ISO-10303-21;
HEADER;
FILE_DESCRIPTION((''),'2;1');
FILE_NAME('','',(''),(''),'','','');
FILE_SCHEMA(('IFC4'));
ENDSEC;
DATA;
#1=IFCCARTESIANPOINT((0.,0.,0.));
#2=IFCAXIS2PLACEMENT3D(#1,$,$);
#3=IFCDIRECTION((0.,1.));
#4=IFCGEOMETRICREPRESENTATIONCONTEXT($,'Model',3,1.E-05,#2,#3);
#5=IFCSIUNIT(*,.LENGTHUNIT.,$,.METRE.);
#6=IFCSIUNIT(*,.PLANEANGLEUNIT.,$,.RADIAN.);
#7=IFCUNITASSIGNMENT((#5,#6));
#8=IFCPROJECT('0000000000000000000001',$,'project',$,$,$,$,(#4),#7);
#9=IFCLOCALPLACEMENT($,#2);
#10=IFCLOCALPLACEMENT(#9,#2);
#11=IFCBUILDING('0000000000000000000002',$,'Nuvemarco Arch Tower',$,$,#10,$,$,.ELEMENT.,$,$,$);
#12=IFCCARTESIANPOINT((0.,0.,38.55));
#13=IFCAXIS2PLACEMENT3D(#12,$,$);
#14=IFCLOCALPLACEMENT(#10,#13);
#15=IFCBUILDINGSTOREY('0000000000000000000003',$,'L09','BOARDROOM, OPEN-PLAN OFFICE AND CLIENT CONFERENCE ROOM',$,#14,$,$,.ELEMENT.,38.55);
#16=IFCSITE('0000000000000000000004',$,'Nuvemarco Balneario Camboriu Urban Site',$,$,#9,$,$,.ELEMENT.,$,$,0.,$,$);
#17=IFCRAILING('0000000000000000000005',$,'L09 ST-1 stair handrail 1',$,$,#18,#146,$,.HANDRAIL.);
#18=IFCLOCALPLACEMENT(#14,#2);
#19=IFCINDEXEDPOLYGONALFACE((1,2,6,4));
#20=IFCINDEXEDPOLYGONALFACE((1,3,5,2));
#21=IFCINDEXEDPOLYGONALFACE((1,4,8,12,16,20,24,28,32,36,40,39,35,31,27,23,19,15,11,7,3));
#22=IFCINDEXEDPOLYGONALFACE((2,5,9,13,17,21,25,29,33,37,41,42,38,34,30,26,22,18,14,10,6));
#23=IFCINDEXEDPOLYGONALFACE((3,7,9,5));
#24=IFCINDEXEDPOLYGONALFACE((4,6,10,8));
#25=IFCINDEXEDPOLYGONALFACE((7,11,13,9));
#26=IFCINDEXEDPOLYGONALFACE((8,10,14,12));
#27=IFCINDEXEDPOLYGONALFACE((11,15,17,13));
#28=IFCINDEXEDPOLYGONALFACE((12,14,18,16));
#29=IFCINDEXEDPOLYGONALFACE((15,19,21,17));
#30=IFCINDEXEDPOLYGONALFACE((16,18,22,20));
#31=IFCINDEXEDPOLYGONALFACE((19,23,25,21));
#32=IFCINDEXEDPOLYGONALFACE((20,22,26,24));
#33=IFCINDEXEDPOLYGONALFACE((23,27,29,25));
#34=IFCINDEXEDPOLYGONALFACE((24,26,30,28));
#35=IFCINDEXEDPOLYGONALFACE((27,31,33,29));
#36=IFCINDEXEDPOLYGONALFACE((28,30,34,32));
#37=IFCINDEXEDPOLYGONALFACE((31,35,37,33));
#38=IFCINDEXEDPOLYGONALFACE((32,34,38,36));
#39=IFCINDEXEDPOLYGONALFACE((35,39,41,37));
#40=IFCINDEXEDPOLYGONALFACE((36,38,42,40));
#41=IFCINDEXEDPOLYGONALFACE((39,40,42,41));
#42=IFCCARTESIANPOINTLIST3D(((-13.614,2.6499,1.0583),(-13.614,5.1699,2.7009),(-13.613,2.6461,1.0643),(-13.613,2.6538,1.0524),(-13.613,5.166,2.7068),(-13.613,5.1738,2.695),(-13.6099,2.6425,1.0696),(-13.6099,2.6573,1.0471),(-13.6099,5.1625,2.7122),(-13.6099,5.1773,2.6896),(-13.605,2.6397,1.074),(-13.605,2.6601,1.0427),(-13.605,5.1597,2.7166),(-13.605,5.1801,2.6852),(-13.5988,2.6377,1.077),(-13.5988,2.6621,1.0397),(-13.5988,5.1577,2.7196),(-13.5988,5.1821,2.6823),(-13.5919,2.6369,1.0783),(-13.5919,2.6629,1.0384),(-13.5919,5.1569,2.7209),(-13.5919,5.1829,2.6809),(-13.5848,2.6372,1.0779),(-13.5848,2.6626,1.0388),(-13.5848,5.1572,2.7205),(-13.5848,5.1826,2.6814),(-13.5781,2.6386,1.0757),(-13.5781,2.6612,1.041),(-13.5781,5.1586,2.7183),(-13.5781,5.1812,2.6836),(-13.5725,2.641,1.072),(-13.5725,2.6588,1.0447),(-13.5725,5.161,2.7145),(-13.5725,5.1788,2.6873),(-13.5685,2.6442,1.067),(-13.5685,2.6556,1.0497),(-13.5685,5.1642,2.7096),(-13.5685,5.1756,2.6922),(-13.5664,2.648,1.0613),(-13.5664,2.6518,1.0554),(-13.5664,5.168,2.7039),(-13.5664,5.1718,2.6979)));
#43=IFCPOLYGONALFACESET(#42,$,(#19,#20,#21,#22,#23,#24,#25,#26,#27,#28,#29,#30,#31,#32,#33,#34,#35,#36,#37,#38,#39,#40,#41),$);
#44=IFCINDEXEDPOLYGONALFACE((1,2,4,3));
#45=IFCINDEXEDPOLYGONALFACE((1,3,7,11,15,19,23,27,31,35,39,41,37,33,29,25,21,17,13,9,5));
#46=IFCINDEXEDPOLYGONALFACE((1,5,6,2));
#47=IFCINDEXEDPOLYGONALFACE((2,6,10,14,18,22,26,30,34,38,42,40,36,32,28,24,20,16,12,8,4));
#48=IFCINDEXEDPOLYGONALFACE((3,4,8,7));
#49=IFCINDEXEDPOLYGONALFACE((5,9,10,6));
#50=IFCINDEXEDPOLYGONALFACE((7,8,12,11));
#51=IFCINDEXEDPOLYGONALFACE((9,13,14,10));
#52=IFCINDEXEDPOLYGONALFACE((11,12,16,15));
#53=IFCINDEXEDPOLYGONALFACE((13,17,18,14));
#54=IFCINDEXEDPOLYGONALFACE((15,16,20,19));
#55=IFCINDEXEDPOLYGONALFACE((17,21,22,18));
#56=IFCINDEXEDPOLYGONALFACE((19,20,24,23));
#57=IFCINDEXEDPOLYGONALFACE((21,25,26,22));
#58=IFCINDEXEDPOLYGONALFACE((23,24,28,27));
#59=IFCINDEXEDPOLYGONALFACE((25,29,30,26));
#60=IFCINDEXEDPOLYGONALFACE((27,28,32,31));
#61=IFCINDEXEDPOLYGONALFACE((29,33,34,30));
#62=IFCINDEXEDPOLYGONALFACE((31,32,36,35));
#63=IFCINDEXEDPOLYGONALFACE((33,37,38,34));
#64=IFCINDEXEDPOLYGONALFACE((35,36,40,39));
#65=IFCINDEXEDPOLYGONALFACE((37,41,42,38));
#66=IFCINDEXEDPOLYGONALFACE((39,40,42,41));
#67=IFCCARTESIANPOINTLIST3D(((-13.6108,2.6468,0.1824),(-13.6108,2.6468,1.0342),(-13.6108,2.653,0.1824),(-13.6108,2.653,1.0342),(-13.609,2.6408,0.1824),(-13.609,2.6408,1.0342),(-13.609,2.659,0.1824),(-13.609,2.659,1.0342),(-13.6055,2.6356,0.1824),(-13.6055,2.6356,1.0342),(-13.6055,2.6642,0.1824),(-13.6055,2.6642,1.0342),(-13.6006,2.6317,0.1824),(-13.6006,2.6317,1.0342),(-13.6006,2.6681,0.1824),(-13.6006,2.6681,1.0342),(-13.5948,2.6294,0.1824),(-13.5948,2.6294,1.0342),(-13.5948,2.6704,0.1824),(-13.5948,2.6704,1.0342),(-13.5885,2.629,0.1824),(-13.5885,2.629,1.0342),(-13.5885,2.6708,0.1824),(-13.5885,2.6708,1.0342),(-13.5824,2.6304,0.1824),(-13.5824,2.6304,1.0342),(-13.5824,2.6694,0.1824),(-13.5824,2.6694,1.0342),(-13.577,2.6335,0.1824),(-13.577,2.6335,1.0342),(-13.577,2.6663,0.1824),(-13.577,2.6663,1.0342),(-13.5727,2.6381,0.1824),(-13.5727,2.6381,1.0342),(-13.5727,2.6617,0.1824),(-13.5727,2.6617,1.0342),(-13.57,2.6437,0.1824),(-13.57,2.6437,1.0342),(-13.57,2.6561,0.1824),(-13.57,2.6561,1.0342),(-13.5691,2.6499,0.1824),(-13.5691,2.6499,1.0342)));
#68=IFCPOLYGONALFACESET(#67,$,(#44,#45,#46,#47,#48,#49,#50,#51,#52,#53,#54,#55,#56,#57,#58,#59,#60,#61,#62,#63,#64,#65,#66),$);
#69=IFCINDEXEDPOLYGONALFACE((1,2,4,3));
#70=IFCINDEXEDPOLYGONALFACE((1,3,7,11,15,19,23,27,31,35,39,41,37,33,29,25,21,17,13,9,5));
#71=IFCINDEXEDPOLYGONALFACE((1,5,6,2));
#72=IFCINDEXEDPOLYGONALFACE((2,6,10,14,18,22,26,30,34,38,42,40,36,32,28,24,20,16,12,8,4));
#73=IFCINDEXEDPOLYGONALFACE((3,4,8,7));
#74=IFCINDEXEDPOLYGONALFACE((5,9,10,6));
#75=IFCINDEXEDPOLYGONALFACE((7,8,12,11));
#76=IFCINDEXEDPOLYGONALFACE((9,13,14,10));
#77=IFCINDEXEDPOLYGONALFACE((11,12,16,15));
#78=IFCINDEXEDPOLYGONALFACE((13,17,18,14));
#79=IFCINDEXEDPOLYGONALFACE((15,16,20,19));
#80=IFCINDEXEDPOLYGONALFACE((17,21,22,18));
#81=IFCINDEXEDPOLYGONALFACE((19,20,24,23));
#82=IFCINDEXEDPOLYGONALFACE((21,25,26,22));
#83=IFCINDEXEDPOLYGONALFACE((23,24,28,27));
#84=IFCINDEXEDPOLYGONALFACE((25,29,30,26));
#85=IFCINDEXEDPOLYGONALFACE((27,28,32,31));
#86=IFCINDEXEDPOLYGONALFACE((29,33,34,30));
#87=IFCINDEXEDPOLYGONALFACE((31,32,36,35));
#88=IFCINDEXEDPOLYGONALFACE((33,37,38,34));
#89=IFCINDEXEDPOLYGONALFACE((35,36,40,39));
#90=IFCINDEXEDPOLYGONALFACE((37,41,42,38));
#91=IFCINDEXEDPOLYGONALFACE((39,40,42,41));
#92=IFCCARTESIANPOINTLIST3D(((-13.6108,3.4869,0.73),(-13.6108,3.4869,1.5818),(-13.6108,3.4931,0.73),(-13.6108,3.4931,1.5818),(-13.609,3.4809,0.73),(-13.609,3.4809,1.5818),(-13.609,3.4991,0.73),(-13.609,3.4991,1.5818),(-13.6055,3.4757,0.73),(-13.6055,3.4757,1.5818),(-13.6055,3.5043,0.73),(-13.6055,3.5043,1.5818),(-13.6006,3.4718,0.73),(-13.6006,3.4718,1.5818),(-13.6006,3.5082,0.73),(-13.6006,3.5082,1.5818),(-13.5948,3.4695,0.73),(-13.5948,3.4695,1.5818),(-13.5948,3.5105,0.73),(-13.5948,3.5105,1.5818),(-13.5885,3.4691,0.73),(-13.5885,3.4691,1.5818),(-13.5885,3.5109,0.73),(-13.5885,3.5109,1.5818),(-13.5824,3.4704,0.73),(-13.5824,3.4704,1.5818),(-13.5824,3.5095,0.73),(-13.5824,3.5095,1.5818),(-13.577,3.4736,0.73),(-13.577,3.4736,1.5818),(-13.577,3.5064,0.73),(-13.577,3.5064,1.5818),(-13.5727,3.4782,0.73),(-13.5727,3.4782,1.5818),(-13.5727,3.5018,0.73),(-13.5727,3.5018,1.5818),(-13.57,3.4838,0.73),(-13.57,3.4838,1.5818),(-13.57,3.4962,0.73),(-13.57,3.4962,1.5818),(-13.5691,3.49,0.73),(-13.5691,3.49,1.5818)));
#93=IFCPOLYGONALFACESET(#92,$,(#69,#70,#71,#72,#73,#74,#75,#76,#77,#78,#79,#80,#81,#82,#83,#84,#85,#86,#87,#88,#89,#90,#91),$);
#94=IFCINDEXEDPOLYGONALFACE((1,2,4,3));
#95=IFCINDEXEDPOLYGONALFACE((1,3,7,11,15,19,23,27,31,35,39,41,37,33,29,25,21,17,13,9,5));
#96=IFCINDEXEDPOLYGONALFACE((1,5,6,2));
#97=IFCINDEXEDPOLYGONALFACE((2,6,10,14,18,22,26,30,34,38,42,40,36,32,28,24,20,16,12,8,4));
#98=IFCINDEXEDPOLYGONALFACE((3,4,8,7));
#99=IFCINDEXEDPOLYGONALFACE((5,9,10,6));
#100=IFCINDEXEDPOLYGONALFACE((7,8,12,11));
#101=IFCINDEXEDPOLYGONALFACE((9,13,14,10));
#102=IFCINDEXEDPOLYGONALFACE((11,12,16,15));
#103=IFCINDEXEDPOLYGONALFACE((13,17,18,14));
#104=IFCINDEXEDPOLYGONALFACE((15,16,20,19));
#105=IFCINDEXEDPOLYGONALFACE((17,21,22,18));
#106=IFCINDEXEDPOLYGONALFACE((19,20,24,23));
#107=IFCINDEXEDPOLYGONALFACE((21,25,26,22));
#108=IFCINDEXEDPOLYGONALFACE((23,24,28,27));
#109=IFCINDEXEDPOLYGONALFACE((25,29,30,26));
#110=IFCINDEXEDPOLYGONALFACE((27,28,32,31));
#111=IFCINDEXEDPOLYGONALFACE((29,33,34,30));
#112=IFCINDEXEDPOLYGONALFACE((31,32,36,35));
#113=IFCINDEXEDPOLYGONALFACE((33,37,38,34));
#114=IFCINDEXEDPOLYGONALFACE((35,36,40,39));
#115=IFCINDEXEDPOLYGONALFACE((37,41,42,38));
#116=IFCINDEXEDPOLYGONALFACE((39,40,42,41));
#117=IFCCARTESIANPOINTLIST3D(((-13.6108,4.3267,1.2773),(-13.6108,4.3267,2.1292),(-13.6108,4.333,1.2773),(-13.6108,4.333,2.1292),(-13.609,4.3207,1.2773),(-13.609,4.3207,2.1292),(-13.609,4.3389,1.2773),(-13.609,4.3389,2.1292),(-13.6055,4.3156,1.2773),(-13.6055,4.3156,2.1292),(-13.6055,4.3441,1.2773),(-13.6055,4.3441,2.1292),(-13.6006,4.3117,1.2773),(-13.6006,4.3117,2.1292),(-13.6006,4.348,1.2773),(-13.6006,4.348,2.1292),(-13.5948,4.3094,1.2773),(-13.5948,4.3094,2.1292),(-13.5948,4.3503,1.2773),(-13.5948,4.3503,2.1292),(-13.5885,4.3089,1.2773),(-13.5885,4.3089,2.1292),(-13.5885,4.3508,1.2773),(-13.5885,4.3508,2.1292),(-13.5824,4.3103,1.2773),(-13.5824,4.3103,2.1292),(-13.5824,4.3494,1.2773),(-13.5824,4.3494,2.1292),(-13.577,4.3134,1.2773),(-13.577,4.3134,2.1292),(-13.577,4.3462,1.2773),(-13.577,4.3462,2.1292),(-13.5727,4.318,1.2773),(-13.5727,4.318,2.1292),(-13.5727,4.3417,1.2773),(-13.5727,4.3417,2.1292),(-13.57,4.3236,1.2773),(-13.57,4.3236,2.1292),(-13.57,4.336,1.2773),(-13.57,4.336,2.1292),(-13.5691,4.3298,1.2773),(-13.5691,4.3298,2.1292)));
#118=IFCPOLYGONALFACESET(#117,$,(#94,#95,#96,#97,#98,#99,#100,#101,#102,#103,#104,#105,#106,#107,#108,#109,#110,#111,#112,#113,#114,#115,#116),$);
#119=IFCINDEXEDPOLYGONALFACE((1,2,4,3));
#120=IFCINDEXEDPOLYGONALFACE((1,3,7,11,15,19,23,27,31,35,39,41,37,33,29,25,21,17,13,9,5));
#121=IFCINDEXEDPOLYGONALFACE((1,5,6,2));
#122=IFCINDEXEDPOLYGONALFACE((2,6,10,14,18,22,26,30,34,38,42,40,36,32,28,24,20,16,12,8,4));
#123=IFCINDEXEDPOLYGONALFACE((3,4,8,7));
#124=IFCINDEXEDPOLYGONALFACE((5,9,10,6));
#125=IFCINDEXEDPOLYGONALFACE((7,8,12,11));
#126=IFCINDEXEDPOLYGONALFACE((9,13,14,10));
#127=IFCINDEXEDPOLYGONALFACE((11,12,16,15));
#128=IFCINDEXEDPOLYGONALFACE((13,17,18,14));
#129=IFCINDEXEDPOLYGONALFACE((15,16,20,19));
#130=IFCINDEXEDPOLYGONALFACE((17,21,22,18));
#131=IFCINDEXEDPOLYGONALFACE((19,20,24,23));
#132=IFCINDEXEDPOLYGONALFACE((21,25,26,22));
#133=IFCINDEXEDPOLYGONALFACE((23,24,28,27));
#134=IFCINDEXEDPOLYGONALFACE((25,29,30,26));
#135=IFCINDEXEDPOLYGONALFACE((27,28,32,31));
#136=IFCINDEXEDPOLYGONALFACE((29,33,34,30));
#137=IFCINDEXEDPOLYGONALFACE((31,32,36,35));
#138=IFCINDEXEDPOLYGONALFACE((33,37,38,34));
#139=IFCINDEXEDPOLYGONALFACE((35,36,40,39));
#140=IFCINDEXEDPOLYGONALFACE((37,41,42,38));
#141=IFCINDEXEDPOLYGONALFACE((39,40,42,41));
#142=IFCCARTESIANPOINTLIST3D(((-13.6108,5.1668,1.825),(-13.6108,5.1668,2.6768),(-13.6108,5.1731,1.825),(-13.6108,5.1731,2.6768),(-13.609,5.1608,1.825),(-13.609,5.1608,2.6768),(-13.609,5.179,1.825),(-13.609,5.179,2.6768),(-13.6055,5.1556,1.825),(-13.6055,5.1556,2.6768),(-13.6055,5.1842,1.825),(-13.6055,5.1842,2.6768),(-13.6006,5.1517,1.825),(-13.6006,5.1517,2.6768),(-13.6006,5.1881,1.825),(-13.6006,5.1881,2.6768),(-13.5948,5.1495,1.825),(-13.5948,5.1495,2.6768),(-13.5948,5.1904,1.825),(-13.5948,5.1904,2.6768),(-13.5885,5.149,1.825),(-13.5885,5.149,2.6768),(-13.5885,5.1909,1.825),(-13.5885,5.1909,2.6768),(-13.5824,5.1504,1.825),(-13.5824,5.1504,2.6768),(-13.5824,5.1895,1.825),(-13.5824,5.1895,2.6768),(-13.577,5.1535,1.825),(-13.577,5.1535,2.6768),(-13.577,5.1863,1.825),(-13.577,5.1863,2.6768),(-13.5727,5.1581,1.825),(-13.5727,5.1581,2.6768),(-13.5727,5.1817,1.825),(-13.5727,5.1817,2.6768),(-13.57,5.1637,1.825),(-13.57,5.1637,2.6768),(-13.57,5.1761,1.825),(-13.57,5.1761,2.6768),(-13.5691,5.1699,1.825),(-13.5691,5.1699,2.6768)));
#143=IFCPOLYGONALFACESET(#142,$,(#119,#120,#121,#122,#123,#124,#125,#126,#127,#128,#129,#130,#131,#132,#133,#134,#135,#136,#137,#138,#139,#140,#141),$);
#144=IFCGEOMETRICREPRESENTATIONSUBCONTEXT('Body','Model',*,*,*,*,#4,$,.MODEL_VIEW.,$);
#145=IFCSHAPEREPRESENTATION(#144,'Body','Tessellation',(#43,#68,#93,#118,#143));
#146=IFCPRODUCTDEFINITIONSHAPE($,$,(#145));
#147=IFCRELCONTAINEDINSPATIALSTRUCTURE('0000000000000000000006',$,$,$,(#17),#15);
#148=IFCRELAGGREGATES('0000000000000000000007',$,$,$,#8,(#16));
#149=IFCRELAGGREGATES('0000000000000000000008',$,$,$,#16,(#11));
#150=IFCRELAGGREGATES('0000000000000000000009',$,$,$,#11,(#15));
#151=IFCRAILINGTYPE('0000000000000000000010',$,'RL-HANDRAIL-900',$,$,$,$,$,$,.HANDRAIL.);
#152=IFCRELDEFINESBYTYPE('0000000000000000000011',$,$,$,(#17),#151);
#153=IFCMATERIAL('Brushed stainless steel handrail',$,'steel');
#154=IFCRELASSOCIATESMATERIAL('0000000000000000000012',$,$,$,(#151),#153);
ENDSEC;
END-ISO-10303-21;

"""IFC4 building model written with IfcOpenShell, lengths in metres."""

from ifc_helpers import new_model, si_unit, direction, frame, origin, origin_2d, place, context, subcontext, project, spatial, circle, extrude, material, type_object, element, save


model = new_model("IFC4")

# Units and contexts
model_context = context("Model", 3, precision=1e-05, world=origin(), true_north=direction((0.0, 1.0)))
body_context = subcontext(model_context, "Body", "Model", "MODEL_VIEW")
ifc_project = project(units=[si_unit("LENGTHUNIT", "METRE"), si_unit("PLANEANGLEUNIT", "RADIAN")], contexts=[model_context])

# Site, building, storey
site_placement = place(None, origin())
site = spatial("IfcSite", under=ifc_project, at=site_placement, Name="Nuvemarco Balneario Camboriu Urban Site", CompositionType="ELEMENT", RefElevation=0.0)
building_placement = place(site_placement, origin())
building = spatial("IfcBuilding", under=site, at=building_placement, Name="Nuvemarco Arch Tower", CompositionType="ELEMENT")
storey_placement = place(building_placement, frame((0.0, 0.0, 38.55)))
storey = spatial("IfcBuildingStorey", under=building, at=storey_placement, Name="L09", Description="BOARDROOM, OPEN-PLAN OFFICE AND CLIENT CONFERENCE ROOM", CompositionType="ELEMENT", Elevation=38.55)

# Railing
ifc_material_1 = material(Name="Brushed stainless steel handrail", Category="steel")
railing_type_1 = type_object("IfcRailingType", Name="RL-HANDRAIL-900", PredefinedType="HANDRAIL", material=ifc_material_1)
railing_1_placement = place(storey_placement, frame((-13.5901, 2.6499, 0.1824)))
element("IfcRailing", 1, at=railing_1_placement, inside=storey, type_object=railing_type_1, Name="L09 ST-1 stair handrail 1", PredefinedType="HANDRAIL", context=body_context, shape_type="SweptSolid", body=[
    extrude(circle(Radius=0.0239, at=origin_2d()), frame((0.0, 0.0, 0.876), z_axis=(0.0, 0.837749, 0.546055), x_axis=(-1.0, 0.0, 0.0)), (0.0, 0.0, 1.0), 3.0081),
    extrude(circle(Radius=0.021, at=origin_2d()), origin(), (0.0, 0.0, 1.0), 0.8518),
    extrude(circle(Radius=0.021, at=origin_2d()), frame((0.0, 0.8401, 0.5476)), (0.0, 0.0, 1.0), 0.8518),
    extrude(circle(Radius=0.021, at=origin_2d()), frame((0.0, 1.6799, 1.095)), (0.0, 0.0, 1.0), 0.8518),
    extrude(circle(Radius=0.021, at=origin_2d()), frame((0.0, 2.52, 1.6426)), (0.0, 0.0, 1.0), 0.8518),
])

save(model, "model.ifc")
